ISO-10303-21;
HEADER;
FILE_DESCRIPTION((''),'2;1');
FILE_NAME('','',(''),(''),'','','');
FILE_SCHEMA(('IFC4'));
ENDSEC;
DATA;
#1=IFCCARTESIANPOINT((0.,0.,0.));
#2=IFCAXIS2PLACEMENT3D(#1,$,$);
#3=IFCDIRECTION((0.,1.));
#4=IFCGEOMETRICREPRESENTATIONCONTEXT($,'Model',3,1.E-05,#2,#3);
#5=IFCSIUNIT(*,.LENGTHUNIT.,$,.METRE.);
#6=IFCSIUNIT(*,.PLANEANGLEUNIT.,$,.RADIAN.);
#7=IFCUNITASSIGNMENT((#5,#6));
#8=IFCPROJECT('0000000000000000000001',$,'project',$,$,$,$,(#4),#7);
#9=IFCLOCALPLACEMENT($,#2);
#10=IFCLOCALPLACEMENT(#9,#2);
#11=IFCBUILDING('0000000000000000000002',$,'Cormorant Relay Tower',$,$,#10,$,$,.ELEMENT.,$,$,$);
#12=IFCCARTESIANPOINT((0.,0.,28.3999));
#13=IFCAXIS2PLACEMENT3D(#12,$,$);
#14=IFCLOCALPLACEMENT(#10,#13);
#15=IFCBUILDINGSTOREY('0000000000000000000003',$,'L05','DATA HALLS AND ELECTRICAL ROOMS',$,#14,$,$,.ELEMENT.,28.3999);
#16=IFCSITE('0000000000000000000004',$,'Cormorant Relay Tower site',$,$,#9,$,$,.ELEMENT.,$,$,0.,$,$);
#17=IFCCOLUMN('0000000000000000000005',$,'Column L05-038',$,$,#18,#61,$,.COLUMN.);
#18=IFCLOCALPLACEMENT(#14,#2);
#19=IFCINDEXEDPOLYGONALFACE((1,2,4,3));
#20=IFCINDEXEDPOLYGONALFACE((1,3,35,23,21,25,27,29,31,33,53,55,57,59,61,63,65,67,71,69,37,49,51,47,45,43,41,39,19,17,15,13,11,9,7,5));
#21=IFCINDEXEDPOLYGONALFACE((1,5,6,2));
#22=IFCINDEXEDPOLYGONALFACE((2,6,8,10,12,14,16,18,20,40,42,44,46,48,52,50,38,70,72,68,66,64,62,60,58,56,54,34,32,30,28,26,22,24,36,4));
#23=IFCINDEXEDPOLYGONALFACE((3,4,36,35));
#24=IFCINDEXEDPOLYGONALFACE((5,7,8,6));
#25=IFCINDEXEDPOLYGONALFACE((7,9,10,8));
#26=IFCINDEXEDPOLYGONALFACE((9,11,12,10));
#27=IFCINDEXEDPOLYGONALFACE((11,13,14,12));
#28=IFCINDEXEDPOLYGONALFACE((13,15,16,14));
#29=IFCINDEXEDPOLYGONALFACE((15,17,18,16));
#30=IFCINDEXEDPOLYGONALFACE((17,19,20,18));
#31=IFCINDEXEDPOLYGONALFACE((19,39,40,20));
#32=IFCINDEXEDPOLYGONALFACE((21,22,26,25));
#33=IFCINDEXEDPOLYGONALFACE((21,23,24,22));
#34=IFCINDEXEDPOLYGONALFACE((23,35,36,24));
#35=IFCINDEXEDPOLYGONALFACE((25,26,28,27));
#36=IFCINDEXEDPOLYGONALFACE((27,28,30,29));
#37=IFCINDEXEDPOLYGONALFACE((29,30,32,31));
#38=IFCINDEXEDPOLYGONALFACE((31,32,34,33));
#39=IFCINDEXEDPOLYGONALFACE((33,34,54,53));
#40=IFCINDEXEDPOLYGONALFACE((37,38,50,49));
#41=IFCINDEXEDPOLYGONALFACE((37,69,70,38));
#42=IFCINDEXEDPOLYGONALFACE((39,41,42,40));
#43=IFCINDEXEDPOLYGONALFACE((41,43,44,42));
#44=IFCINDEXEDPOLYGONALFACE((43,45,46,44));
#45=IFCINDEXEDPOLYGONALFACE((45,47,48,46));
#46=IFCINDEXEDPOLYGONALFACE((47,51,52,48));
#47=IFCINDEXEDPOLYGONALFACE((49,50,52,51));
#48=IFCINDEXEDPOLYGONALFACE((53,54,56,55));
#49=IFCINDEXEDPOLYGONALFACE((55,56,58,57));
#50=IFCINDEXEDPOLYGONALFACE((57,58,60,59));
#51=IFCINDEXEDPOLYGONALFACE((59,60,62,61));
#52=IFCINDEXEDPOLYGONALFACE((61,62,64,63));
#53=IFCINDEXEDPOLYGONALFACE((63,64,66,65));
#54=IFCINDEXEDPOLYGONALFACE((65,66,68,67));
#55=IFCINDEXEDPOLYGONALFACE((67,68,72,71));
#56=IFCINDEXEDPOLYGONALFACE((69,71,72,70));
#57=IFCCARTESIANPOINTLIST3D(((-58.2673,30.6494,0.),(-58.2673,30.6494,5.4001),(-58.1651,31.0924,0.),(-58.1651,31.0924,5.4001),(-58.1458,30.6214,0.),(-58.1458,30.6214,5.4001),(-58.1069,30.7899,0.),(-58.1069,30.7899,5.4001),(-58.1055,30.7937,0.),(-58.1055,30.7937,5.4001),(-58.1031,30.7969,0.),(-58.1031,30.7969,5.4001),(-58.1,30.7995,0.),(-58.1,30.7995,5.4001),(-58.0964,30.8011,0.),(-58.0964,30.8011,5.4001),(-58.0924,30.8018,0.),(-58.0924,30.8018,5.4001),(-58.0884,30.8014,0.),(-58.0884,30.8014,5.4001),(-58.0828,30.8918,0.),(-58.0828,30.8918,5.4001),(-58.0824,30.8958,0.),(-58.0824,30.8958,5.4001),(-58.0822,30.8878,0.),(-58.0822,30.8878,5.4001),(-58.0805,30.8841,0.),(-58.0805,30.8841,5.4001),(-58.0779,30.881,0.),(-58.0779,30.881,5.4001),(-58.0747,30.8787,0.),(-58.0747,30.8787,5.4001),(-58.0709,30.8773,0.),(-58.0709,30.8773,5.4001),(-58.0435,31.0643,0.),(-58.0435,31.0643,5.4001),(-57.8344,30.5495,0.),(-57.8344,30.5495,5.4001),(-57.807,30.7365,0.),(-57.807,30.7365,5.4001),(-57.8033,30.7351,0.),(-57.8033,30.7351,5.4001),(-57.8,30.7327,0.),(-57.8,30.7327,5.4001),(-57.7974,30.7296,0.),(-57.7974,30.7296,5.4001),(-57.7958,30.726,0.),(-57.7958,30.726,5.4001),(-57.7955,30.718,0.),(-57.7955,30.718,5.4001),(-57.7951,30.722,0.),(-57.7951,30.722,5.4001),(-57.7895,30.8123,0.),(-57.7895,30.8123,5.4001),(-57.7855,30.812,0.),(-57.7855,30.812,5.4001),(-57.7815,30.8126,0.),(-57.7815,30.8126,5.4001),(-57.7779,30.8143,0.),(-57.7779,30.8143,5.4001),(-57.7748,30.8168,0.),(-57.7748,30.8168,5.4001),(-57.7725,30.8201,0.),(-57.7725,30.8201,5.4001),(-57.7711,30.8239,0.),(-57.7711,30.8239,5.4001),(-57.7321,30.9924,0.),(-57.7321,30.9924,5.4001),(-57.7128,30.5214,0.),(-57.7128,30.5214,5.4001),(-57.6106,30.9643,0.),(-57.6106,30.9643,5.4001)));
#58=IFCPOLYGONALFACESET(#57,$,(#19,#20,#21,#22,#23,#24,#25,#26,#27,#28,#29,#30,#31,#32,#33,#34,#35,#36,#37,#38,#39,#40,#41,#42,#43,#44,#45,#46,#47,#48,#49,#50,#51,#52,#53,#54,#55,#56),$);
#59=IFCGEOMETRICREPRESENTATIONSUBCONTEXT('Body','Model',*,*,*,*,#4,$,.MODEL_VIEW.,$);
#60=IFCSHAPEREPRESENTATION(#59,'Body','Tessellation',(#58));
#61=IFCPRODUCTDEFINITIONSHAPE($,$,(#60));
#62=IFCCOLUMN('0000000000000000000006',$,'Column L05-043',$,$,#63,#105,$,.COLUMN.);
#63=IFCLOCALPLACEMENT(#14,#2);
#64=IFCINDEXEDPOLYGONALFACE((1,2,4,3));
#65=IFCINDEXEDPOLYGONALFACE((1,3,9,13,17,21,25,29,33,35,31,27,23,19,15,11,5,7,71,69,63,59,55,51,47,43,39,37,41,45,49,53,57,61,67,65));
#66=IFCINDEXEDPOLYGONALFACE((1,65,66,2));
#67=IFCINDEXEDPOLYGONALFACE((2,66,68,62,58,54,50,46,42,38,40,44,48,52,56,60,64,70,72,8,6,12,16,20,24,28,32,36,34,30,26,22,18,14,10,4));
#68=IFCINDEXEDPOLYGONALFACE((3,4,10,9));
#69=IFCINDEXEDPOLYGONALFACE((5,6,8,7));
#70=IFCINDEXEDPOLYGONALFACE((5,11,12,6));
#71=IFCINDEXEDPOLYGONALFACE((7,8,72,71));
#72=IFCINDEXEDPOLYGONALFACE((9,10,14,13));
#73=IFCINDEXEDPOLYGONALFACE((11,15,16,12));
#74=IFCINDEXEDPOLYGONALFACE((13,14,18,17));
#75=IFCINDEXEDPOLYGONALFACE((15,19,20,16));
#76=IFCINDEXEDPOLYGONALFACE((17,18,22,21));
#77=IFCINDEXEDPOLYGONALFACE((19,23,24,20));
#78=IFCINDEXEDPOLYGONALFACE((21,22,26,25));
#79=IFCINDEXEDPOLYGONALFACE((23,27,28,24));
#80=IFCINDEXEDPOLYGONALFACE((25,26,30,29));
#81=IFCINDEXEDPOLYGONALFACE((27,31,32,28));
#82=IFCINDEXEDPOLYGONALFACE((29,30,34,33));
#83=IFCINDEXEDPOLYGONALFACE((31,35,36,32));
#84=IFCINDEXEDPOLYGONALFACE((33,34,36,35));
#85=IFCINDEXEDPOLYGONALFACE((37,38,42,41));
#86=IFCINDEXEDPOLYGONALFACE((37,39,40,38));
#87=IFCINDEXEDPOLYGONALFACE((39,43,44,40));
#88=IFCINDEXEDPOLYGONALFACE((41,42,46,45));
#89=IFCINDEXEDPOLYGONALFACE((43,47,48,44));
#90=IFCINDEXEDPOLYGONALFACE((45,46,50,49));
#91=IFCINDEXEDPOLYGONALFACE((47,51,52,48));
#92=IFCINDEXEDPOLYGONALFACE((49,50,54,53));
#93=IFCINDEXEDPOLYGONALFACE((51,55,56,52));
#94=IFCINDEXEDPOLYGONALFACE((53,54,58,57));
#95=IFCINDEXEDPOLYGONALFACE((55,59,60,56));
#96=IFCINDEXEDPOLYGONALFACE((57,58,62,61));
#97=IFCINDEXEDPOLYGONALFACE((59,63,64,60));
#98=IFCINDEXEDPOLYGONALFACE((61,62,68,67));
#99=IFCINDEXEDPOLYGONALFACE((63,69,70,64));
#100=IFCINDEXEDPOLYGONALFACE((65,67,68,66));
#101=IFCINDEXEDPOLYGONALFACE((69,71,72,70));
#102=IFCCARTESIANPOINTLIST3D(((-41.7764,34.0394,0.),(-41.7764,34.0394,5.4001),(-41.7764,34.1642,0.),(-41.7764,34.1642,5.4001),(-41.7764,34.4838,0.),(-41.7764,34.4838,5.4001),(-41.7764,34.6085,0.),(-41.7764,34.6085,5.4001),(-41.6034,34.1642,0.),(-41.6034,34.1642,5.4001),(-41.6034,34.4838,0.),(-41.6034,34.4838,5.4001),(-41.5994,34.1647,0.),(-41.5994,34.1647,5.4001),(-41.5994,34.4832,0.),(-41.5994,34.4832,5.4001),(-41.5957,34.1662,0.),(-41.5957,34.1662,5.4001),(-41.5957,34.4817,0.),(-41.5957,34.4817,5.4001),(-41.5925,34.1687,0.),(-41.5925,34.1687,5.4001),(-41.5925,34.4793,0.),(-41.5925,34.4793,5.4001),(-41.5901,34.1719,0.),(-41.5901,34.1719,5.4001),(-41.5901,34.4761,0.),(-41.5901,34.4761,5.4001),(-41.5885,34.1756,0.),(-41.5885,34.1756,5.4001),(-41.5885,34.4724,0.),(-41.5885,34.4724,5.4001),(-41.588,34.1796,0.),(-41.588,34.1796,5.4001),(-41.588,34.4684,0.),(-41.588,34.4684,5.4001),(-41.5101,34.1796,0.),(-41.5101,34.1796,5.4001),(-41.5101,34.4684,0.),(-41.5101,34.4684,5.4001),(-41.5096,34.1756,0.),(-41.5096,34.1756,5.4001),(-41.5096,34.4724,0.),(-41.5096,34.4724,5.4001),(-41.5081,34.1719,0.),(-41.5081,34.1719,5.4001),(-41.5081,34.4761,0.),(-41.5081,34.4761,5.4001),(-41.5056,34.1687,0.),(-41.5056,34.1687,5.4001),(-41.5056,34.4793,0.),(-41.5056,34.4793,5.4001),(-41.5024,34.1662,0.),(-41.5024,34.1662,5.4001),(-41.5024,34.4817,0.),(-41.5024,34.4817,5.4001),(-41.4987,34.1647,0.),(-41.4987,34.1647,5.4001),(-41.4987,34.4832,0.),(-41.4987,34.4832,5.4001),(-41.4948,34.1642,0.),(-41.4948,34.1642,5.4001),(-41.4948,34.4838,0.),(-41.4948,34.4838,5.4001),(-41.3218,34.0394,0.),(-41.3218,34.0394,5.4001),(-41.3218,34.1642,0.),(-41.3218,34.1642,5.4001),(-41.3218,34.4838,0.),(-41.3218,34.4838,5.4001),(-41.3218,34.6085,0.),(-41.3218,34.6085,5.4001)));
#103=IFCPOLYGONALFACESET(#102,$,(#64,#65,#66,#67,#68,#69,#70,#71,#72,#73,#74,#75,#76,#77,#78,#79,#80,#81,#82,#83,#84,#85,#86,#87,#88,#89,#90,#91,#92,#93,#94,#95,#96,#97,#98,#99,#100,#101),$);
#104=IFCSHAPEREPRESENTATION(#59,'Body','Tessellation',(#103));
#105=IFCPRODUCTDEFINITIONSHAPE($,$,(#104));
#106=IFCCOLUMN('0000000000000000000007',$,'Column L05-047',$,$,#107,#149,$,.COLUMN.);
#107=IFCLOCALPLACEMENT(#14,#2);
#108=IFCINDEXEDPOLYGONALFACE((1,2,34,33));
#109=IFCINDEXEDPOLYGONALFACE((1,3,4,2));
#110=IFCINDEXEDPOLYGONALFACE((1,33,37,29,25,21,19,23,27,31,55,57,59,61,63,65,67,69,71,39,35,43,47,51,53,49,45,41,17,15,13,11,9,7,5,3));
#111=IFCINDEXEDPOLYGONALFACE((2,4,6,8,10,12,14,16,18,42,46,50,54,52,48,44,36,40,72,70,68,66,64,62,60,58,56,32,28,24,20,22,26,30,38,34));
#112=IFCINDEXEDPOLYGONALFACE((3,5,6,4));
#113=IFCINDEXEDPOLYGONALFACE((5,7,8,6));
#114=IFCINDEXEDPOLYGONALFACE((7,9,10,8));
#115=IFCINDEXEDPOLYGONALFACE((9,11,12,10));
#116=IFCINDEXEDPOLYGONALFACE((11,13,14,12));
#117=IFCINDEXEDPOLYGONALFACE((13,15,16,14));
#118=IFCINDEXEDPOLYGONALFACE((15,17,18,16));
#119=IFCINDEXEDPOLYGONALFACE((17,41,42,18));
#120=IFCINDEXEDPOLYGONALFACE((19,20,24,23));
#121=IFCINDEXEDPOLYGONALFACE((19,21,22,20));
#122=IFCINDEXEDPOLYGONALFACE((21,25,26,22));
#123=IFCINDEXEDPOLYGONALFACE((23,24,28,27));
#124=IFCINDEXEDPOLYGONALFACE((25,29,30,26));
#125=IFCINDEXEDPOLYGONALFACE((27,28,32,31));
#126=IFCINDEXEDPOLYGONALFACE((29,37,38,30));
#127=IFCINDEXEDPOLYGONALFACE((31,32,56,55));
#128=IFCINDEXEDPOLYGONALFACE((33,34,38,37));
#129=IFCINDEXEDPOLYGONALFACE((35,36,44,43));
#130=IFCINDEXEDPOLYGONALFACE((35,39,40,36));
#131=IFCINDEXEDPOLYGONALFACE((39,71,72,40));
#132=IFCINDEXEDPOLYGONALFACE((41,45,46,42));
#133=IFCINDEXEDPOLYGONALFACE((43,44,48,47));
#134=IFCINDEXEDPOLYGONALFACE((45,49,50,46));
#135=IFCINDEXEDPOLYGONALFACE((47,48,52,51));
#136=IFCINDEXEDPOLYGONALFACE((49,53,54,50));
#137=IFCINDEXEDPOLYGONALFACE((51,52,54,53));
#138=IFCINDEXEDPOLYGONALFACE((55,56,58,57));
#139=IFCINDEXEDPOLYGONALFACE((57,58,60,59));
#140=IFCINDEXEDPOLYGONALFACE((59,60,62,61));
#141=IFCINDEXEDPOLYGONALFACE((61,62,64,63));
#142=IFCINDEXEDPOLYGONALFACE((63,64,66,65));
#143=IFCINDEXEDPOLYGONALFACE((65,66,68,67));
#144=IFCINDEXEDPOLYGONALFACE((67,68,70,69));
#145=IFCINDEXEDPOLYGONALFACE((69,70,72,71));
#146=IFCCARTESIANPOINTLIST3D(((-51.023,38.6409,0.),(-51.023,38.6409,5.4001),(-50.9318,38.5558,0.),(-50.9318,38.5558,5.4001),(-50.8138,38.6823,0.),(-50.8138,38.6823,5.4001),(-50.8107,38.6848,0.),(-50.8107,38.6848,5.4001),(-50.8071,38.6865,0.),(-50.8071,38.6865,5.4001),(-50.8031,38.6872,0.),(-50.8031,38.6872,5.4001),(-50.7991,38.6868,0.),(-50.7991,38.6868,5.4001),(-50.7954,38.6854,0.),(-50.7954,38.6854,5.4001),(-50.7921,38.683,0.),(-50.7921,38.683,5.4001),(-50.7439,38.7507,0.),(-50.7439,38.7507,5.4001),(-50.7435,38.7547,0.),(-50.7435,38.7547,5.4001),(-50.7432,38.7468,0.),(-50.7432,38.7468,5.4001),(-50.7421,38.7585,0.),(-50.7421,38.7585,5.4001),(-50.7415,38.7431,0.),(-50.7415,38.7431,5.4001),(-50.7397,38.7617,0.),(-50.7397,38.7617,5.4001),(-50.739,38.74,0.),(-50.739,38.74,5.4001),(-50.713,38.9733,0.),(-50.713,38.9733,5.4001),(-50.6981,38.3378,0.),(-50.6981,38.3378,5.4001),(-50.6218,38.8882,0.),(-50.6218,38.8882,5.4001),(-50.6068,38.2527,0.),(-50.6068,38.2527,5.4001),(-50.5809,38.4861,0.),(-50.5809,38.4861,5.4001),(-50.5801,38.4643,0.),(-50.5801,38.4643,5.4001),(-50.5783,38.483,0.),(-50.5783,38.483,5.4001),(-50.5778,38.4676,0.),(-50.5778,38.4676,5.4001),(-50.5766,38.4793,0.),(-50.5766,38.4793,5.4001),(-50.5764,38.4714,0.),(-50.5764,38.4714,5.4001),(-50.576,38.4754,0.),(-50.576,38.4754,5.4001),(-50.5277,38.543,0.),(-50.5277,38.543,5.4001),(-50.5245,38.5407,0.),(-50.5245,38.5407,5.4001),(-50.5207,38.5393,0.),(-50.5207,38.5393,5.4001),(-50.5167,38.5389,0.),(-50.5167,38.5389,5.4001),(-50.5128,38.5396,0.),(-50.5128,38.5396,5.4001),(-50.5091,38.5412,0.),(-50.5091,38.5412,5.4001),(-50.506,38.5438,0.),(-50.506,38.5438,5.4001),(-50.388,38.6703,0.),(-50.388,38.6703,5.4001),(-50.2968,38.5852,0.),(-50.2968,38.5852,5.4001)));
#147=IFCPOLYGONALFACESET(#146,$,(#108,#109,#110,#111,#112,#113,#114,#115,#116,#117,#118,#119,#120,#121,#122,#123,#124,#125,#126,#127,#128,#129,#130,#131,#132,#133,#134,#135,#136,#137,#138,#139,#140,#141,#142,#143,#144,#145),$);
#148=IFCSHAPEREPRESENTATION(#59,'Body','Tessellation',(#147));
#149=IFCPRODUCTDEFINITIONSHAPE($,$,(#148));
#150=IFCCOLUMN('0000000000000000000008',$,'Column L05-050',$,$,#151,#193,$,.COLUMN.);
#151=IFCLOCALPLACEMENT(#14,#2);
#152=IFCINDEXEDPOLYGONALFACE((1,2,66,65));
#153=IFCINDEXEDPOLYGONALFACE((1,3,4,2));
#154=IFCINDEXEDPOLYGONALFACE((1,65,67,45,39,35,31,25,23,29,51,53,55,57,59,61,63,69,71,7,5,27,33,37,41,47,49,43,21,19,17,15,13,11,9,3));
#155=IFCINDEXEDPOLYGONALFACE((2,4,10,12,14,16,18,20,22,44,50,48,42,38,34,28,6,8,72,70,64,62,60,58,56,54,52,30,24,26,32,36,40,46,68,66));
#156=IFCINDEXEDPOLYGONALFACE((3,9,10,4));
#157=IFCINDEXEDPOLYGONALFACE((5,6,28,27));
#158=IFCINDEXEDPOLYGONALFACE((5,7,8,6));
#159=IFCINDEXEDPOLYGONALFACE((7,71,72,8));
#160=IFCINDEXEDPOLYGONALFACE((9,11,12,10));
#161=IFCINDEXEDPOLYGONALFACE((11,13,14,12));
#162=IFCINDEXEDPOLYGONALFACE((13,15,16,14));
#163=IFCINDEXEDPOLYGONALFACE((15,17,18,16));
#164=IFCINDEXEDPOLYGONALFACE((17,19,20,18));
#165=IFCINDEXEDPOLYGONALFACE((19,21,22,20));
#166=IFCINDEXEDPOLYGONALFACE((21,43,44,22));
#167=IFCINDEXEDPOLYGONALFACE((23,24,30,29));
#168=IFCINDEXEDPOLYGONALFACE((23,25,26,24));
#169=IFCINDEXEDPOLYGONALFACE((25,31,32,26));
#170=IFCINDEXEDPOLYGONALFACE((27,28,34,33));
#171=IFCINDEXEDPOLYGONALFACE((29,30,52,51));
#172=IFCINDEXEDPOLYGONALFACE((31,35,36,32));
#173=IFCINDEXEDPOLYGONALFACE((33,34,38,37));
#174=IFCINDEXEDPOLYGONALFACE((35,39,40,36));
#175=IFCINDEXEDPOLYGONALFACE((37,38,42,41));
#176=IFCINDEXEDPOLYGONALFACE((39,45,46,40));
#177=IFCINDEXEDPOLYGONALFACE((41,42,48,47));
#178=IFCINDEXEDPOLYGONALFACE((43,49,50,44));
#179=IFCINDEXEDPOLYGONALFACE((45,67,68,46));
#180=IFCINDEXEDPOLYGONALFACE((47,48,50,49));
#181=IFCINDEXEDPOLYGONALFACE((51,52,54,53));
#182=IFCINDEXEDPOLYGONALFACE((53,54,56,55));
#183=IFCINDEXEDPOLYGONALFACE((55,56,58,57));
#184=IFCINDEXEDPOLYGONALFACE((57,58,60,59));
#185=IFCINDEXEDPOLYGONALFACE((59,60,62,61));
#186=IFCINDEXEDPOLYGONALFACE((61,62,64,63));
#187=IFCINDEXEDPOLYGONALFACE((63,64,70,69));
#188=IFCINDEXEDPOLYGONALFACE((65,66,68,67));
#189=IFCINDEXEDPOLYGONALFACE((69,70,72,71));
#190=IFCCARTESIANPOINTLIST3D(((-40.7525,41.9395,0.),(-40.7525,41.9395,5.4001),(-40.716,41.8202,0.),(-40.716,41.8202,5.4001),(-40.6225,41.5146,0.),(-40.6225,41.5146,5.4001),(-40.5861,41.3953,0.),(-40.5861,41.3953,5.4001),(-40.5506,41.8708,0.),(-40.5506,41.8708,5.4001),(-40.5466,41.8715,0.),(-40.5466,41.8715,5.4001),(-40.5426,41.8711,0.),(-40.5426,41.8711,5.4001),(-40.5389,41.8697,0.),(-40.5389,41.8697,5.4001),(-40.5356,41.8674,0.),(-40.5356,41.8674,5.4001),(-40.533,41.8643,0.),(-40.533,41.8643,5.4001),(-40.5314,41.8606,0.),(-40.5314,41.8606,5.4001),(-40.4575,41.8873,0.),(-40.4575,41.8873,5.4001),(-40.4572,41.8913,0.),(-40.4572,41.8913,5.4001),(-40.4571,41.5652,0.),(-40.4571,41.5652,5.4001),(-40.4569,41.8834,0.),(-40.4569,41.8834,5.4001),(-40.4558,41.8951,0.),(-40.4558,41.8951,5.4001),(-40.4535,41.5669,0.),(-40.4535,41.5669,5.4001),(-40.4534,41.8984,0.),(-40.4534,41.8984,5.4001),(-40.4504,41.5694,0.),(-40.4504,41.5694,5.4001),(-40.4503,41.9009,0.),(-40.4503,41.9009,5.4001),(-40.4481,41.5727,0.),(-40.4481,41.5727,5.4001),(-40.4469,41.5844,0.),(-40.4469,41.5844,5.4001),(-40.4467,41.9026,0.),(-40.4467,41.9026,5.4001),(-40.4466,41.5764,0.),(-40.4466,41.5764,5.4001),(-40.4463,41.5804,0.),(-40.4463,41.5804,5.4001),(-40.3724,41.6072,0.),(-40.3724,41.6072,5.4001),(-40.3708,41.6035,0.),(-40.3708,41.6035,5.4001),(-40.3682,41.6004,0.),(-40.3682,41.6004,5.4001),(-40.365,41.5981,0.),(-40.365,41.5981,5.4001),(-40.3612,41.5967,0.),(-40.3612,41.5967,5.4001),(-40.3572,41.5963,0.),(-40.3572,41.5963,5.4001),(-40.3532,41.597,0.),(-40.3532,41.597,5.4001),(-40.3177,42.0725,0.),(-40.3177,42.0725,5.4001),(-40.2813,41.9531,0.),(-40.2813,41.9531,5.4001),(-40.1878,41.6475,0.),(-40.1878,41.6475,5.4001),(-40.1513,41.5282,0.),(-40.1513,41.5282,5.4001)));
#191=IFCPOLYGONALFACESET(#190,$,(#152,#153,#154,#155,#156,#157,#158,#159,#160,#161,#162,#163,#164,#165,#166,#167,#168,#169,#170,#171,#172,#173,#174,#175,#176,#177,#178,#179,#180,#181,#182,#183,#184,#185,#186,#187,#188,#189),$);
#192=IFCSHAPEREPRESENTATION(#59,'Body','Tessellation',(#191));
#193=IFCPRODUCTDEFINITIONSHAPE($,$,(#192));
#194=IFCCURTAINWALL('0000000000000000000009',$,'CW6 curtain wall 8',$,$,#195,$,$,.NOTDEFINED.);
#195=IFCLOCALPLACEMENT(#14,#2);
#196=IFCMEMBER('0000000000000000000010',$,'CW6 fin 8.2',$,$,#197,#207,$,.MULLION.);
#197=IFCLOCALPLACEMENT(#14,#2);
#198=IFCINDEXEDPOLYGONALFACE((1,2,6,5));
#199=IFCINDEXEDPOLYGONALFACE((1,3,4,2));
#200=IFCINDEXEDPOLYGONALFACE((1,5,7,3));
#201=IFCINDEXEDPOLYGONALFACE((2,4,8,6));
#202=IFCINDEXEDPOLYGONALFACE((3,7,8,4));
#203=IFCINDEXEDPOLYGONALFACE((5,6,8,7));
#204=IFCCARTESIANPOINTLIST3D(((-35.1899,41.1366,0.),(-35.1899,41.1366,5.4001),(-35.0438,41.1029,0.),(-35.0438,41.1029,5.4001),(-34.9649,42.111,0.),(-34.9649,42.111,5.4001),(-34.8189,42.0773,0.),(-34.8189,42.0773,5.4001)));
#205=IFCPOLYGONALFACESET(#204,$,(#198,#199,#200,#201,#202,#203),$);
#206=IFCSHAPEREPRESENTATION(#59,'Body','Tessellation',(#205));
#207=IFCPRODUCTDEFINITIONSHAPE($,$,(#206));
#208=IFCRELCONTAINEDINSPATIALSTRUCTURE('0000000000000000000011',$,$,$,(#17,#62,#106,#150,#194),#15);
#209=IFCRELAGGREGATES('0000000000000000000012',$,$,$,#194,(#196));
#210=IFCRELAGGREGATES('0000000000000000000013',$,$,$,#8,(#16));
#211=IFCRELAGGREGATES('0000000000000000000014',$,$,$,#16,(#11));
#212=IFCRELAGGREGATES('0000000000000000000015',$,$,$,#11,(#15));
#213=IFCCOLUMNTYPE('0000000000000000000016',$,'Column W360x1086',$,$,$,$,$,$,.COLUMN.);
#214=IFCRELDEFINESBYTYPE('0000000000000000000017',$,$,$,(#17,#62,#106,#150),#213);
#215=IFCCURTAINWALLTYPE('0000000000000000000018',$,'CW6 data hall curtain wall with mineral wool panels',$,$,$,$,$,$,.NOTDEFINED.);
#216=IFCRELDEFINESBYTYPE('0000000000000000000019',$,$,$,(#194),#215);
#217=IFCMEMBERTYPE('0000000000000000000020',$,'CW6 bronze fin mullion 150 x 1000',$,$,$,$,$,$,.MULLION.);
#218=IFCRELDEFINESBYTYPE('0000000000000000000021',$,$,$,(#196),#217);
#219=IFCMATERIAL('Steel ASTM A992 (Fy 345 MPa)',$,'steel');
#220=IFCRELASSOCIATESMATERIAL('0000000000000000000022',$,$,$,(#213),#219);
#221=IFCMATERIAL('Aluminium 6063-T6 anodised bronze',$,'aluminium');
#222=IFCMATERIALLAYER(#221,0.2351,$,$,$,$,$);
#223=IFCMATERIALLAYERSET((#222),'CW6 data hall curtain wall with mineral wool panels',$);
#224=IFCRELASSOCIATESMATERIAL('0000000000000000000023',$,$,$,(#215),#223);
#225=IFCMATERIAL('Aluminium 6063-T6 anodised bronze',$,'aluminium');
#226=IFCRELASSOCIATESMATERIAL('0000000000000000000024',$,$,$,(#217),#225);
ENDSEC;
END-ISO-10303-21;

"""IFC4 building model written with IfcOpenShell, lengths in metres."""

from ifc_helpers import new_model, si_unit, direction, frame, origin, origin_2d, place, context, subcontext, project, spatial, rectangle, i_section, extrude, material, layer, layer_set, material_profile, profile_set, type_object, element, aggregate, save


model = new_model("IFC4")

# Units and contexts
model_context = context("Model", 3, precision=1e-05, world=origin(), true_north=direction((0.0, 1.0)))
body_context = subcontext(model_context, "Body", "Model", "MODEL_VIEW")
ifc_project = project(units=[si_unit("LENGTHUNIT", "METRE"), si_unit("PLANEANGLEUNIT", "RADIAN")], contexts=[model_context])

# Site, building, storey
site_placement = place(None, origin())
site = spatial("IfcSite", under=ifc_project, at=site_placement, Name="Cormorant Relay Tower site", CompositionType="ELEMENT", RefElevation=0.0)
building_placement = place(site_placement, origin())
building = spatial("IfcBuilding", under=site, at=building_placement, Name="Cormorant Relay Tower", CompositionType="ELEMENT")
storey_placement = place(building_placement, frame((0.0, 0.0, 28.3999)))
storey = spatial("IfcBuildingStorey", under=building, at=storey_placement, Name="L05", Description="DATA HALLS AND ELECTRICAL ROOMS", CompositionType="ELEMENT", Elevation=28.3999)

# Columns
ifc_material_1 = material(Name="Steel ASTM A992 (Fy 345 MPa)", Category="steel")
ifc_material_profile_1 = material_profile(ifc_material_1, i_section(OverallWidth=0.4546, OverallDepth=0.5691, WebThickness=0.0779, FlangeThickness=0.1248, FilletRadius=0.0154, at=origin_2d()), Name="W360x1086")
ifc_profile_set_1 = profile_set([ifc_material_profile_1], Name="Steel ASTM A992 (Fy 345 MPa)")
column_type = type_object("IfcColumnType", Name="Column W360x1086", PredefinedType="COLUMN", material=ifc_profile_set_1)
for number, where, z_axis, x_axis, name in (
    (1, (-57.939, 30.8069, 0.0), (0.0, 0.0, 1.0), (-0.224951, -0.97437, 0.0), "Column L05-038"),
    (2, (-41.5491, 34.324, 0.0), (0.0, 0.0, 1.0), (1.0, 0.0, 0.0), "Column L05-043"),
    (3, (-50.6599, 38.613, 0.0), (0.0, 0.0, 1.0), (-0.681998, -0.731354, 0.0), "Column L05-047"),
    (4, (-40.4519, 41.7339, 0.0), (0.0, 0.0, 1.0), (-0.956305, -0.292372, 0.0), "Column L05-050"),
):
    element("IfcColumn", number, at=place(storey_placement, frame(where, z_axis=z_axis, x_axis=x_axis)), inside=storey, type_object=column_type, Name=name, PredefinedType="COLUMN", context=body_context, shape_type="SweptSolid", body=[
        extrude(i_section(OverallWidth=0.4546, OverallDepth=0.5691, WebThickness=0.0779, FlangeThickness=0.1248, FilletRadius=0.0154, at=origin_2d()), origin(), (0.0, 0.0, 1.0), 5.4001),
    ])

# Curtain wall, member
ifc_material_2 = material(Name="Aluminium 6063-T6 anodised bronze", Category="aluminium")
ifc_layer_1 = layer(ifc_material_2, 0.2351)
ifc_layer_set_1 = layer_set([ifc_layer_1], Name="CW6 data hall curtain wall with mineral wool panels")
curtain_wall_type = type_object("IfcCurtainWallType", Name="CW6 data hall curtain wall with mineral wool panels", PredefinedType="NOTDEFINED", material=ifc_layer_set_1)
curtain_wall_1_placement = place(storey_placement, origin())
curtain_wall_1 = element("IfcCurtainWall", 5, at=curtain_wall_1_placement, inside=storey, type_object=curtain_wall_type, Name="CW6 curtain wall 8", PredefinedType="NOTDEFINED")
ifc_material_3 = material(Name="Aluminium 6063-T6 anodised bronze", Category="aluminium")
ifc_material_profile_2 = material_profile(ifc_material_3, rectangle(XDim=0.1499, YDim=1.0, at=origin_2d()), Name="AL 150x1000")
ifc_profile_set_2 = profile_set([ifc_material_profile_2], Name="Aluminium 6063-T6 anodised bronze")
member_type_1 = type_object("IfcMemberType", Name="CW6 bronze fin mullion 150 x 1000", PredefinedType="MULLION", material=ifc_profile_set_2)
member_1_placement = place(storey_placement, frame((-35.0044, 41.6069, 0.0), z_axis=(0.0, 0.0, 1.0), x_axis=(-0.97437, 0.224951, 0.0)))
member_1 = element("IfcMember", 6, at=member_1_placement, type_object=member_type_1, Name="CW6 fin 8.2", PredefinedType="MULLION", context=body_context, shape_type="SweptSolid", body=[
    extrude(rectangle(XDim=0.1499, YDim=1.0, at=origin_2d()), origin(), (0.0, 0.0, 1.0), 5.4001),
])

aggregate(curtain_wall_1, [member_1])

save(model, "model.ifc")
